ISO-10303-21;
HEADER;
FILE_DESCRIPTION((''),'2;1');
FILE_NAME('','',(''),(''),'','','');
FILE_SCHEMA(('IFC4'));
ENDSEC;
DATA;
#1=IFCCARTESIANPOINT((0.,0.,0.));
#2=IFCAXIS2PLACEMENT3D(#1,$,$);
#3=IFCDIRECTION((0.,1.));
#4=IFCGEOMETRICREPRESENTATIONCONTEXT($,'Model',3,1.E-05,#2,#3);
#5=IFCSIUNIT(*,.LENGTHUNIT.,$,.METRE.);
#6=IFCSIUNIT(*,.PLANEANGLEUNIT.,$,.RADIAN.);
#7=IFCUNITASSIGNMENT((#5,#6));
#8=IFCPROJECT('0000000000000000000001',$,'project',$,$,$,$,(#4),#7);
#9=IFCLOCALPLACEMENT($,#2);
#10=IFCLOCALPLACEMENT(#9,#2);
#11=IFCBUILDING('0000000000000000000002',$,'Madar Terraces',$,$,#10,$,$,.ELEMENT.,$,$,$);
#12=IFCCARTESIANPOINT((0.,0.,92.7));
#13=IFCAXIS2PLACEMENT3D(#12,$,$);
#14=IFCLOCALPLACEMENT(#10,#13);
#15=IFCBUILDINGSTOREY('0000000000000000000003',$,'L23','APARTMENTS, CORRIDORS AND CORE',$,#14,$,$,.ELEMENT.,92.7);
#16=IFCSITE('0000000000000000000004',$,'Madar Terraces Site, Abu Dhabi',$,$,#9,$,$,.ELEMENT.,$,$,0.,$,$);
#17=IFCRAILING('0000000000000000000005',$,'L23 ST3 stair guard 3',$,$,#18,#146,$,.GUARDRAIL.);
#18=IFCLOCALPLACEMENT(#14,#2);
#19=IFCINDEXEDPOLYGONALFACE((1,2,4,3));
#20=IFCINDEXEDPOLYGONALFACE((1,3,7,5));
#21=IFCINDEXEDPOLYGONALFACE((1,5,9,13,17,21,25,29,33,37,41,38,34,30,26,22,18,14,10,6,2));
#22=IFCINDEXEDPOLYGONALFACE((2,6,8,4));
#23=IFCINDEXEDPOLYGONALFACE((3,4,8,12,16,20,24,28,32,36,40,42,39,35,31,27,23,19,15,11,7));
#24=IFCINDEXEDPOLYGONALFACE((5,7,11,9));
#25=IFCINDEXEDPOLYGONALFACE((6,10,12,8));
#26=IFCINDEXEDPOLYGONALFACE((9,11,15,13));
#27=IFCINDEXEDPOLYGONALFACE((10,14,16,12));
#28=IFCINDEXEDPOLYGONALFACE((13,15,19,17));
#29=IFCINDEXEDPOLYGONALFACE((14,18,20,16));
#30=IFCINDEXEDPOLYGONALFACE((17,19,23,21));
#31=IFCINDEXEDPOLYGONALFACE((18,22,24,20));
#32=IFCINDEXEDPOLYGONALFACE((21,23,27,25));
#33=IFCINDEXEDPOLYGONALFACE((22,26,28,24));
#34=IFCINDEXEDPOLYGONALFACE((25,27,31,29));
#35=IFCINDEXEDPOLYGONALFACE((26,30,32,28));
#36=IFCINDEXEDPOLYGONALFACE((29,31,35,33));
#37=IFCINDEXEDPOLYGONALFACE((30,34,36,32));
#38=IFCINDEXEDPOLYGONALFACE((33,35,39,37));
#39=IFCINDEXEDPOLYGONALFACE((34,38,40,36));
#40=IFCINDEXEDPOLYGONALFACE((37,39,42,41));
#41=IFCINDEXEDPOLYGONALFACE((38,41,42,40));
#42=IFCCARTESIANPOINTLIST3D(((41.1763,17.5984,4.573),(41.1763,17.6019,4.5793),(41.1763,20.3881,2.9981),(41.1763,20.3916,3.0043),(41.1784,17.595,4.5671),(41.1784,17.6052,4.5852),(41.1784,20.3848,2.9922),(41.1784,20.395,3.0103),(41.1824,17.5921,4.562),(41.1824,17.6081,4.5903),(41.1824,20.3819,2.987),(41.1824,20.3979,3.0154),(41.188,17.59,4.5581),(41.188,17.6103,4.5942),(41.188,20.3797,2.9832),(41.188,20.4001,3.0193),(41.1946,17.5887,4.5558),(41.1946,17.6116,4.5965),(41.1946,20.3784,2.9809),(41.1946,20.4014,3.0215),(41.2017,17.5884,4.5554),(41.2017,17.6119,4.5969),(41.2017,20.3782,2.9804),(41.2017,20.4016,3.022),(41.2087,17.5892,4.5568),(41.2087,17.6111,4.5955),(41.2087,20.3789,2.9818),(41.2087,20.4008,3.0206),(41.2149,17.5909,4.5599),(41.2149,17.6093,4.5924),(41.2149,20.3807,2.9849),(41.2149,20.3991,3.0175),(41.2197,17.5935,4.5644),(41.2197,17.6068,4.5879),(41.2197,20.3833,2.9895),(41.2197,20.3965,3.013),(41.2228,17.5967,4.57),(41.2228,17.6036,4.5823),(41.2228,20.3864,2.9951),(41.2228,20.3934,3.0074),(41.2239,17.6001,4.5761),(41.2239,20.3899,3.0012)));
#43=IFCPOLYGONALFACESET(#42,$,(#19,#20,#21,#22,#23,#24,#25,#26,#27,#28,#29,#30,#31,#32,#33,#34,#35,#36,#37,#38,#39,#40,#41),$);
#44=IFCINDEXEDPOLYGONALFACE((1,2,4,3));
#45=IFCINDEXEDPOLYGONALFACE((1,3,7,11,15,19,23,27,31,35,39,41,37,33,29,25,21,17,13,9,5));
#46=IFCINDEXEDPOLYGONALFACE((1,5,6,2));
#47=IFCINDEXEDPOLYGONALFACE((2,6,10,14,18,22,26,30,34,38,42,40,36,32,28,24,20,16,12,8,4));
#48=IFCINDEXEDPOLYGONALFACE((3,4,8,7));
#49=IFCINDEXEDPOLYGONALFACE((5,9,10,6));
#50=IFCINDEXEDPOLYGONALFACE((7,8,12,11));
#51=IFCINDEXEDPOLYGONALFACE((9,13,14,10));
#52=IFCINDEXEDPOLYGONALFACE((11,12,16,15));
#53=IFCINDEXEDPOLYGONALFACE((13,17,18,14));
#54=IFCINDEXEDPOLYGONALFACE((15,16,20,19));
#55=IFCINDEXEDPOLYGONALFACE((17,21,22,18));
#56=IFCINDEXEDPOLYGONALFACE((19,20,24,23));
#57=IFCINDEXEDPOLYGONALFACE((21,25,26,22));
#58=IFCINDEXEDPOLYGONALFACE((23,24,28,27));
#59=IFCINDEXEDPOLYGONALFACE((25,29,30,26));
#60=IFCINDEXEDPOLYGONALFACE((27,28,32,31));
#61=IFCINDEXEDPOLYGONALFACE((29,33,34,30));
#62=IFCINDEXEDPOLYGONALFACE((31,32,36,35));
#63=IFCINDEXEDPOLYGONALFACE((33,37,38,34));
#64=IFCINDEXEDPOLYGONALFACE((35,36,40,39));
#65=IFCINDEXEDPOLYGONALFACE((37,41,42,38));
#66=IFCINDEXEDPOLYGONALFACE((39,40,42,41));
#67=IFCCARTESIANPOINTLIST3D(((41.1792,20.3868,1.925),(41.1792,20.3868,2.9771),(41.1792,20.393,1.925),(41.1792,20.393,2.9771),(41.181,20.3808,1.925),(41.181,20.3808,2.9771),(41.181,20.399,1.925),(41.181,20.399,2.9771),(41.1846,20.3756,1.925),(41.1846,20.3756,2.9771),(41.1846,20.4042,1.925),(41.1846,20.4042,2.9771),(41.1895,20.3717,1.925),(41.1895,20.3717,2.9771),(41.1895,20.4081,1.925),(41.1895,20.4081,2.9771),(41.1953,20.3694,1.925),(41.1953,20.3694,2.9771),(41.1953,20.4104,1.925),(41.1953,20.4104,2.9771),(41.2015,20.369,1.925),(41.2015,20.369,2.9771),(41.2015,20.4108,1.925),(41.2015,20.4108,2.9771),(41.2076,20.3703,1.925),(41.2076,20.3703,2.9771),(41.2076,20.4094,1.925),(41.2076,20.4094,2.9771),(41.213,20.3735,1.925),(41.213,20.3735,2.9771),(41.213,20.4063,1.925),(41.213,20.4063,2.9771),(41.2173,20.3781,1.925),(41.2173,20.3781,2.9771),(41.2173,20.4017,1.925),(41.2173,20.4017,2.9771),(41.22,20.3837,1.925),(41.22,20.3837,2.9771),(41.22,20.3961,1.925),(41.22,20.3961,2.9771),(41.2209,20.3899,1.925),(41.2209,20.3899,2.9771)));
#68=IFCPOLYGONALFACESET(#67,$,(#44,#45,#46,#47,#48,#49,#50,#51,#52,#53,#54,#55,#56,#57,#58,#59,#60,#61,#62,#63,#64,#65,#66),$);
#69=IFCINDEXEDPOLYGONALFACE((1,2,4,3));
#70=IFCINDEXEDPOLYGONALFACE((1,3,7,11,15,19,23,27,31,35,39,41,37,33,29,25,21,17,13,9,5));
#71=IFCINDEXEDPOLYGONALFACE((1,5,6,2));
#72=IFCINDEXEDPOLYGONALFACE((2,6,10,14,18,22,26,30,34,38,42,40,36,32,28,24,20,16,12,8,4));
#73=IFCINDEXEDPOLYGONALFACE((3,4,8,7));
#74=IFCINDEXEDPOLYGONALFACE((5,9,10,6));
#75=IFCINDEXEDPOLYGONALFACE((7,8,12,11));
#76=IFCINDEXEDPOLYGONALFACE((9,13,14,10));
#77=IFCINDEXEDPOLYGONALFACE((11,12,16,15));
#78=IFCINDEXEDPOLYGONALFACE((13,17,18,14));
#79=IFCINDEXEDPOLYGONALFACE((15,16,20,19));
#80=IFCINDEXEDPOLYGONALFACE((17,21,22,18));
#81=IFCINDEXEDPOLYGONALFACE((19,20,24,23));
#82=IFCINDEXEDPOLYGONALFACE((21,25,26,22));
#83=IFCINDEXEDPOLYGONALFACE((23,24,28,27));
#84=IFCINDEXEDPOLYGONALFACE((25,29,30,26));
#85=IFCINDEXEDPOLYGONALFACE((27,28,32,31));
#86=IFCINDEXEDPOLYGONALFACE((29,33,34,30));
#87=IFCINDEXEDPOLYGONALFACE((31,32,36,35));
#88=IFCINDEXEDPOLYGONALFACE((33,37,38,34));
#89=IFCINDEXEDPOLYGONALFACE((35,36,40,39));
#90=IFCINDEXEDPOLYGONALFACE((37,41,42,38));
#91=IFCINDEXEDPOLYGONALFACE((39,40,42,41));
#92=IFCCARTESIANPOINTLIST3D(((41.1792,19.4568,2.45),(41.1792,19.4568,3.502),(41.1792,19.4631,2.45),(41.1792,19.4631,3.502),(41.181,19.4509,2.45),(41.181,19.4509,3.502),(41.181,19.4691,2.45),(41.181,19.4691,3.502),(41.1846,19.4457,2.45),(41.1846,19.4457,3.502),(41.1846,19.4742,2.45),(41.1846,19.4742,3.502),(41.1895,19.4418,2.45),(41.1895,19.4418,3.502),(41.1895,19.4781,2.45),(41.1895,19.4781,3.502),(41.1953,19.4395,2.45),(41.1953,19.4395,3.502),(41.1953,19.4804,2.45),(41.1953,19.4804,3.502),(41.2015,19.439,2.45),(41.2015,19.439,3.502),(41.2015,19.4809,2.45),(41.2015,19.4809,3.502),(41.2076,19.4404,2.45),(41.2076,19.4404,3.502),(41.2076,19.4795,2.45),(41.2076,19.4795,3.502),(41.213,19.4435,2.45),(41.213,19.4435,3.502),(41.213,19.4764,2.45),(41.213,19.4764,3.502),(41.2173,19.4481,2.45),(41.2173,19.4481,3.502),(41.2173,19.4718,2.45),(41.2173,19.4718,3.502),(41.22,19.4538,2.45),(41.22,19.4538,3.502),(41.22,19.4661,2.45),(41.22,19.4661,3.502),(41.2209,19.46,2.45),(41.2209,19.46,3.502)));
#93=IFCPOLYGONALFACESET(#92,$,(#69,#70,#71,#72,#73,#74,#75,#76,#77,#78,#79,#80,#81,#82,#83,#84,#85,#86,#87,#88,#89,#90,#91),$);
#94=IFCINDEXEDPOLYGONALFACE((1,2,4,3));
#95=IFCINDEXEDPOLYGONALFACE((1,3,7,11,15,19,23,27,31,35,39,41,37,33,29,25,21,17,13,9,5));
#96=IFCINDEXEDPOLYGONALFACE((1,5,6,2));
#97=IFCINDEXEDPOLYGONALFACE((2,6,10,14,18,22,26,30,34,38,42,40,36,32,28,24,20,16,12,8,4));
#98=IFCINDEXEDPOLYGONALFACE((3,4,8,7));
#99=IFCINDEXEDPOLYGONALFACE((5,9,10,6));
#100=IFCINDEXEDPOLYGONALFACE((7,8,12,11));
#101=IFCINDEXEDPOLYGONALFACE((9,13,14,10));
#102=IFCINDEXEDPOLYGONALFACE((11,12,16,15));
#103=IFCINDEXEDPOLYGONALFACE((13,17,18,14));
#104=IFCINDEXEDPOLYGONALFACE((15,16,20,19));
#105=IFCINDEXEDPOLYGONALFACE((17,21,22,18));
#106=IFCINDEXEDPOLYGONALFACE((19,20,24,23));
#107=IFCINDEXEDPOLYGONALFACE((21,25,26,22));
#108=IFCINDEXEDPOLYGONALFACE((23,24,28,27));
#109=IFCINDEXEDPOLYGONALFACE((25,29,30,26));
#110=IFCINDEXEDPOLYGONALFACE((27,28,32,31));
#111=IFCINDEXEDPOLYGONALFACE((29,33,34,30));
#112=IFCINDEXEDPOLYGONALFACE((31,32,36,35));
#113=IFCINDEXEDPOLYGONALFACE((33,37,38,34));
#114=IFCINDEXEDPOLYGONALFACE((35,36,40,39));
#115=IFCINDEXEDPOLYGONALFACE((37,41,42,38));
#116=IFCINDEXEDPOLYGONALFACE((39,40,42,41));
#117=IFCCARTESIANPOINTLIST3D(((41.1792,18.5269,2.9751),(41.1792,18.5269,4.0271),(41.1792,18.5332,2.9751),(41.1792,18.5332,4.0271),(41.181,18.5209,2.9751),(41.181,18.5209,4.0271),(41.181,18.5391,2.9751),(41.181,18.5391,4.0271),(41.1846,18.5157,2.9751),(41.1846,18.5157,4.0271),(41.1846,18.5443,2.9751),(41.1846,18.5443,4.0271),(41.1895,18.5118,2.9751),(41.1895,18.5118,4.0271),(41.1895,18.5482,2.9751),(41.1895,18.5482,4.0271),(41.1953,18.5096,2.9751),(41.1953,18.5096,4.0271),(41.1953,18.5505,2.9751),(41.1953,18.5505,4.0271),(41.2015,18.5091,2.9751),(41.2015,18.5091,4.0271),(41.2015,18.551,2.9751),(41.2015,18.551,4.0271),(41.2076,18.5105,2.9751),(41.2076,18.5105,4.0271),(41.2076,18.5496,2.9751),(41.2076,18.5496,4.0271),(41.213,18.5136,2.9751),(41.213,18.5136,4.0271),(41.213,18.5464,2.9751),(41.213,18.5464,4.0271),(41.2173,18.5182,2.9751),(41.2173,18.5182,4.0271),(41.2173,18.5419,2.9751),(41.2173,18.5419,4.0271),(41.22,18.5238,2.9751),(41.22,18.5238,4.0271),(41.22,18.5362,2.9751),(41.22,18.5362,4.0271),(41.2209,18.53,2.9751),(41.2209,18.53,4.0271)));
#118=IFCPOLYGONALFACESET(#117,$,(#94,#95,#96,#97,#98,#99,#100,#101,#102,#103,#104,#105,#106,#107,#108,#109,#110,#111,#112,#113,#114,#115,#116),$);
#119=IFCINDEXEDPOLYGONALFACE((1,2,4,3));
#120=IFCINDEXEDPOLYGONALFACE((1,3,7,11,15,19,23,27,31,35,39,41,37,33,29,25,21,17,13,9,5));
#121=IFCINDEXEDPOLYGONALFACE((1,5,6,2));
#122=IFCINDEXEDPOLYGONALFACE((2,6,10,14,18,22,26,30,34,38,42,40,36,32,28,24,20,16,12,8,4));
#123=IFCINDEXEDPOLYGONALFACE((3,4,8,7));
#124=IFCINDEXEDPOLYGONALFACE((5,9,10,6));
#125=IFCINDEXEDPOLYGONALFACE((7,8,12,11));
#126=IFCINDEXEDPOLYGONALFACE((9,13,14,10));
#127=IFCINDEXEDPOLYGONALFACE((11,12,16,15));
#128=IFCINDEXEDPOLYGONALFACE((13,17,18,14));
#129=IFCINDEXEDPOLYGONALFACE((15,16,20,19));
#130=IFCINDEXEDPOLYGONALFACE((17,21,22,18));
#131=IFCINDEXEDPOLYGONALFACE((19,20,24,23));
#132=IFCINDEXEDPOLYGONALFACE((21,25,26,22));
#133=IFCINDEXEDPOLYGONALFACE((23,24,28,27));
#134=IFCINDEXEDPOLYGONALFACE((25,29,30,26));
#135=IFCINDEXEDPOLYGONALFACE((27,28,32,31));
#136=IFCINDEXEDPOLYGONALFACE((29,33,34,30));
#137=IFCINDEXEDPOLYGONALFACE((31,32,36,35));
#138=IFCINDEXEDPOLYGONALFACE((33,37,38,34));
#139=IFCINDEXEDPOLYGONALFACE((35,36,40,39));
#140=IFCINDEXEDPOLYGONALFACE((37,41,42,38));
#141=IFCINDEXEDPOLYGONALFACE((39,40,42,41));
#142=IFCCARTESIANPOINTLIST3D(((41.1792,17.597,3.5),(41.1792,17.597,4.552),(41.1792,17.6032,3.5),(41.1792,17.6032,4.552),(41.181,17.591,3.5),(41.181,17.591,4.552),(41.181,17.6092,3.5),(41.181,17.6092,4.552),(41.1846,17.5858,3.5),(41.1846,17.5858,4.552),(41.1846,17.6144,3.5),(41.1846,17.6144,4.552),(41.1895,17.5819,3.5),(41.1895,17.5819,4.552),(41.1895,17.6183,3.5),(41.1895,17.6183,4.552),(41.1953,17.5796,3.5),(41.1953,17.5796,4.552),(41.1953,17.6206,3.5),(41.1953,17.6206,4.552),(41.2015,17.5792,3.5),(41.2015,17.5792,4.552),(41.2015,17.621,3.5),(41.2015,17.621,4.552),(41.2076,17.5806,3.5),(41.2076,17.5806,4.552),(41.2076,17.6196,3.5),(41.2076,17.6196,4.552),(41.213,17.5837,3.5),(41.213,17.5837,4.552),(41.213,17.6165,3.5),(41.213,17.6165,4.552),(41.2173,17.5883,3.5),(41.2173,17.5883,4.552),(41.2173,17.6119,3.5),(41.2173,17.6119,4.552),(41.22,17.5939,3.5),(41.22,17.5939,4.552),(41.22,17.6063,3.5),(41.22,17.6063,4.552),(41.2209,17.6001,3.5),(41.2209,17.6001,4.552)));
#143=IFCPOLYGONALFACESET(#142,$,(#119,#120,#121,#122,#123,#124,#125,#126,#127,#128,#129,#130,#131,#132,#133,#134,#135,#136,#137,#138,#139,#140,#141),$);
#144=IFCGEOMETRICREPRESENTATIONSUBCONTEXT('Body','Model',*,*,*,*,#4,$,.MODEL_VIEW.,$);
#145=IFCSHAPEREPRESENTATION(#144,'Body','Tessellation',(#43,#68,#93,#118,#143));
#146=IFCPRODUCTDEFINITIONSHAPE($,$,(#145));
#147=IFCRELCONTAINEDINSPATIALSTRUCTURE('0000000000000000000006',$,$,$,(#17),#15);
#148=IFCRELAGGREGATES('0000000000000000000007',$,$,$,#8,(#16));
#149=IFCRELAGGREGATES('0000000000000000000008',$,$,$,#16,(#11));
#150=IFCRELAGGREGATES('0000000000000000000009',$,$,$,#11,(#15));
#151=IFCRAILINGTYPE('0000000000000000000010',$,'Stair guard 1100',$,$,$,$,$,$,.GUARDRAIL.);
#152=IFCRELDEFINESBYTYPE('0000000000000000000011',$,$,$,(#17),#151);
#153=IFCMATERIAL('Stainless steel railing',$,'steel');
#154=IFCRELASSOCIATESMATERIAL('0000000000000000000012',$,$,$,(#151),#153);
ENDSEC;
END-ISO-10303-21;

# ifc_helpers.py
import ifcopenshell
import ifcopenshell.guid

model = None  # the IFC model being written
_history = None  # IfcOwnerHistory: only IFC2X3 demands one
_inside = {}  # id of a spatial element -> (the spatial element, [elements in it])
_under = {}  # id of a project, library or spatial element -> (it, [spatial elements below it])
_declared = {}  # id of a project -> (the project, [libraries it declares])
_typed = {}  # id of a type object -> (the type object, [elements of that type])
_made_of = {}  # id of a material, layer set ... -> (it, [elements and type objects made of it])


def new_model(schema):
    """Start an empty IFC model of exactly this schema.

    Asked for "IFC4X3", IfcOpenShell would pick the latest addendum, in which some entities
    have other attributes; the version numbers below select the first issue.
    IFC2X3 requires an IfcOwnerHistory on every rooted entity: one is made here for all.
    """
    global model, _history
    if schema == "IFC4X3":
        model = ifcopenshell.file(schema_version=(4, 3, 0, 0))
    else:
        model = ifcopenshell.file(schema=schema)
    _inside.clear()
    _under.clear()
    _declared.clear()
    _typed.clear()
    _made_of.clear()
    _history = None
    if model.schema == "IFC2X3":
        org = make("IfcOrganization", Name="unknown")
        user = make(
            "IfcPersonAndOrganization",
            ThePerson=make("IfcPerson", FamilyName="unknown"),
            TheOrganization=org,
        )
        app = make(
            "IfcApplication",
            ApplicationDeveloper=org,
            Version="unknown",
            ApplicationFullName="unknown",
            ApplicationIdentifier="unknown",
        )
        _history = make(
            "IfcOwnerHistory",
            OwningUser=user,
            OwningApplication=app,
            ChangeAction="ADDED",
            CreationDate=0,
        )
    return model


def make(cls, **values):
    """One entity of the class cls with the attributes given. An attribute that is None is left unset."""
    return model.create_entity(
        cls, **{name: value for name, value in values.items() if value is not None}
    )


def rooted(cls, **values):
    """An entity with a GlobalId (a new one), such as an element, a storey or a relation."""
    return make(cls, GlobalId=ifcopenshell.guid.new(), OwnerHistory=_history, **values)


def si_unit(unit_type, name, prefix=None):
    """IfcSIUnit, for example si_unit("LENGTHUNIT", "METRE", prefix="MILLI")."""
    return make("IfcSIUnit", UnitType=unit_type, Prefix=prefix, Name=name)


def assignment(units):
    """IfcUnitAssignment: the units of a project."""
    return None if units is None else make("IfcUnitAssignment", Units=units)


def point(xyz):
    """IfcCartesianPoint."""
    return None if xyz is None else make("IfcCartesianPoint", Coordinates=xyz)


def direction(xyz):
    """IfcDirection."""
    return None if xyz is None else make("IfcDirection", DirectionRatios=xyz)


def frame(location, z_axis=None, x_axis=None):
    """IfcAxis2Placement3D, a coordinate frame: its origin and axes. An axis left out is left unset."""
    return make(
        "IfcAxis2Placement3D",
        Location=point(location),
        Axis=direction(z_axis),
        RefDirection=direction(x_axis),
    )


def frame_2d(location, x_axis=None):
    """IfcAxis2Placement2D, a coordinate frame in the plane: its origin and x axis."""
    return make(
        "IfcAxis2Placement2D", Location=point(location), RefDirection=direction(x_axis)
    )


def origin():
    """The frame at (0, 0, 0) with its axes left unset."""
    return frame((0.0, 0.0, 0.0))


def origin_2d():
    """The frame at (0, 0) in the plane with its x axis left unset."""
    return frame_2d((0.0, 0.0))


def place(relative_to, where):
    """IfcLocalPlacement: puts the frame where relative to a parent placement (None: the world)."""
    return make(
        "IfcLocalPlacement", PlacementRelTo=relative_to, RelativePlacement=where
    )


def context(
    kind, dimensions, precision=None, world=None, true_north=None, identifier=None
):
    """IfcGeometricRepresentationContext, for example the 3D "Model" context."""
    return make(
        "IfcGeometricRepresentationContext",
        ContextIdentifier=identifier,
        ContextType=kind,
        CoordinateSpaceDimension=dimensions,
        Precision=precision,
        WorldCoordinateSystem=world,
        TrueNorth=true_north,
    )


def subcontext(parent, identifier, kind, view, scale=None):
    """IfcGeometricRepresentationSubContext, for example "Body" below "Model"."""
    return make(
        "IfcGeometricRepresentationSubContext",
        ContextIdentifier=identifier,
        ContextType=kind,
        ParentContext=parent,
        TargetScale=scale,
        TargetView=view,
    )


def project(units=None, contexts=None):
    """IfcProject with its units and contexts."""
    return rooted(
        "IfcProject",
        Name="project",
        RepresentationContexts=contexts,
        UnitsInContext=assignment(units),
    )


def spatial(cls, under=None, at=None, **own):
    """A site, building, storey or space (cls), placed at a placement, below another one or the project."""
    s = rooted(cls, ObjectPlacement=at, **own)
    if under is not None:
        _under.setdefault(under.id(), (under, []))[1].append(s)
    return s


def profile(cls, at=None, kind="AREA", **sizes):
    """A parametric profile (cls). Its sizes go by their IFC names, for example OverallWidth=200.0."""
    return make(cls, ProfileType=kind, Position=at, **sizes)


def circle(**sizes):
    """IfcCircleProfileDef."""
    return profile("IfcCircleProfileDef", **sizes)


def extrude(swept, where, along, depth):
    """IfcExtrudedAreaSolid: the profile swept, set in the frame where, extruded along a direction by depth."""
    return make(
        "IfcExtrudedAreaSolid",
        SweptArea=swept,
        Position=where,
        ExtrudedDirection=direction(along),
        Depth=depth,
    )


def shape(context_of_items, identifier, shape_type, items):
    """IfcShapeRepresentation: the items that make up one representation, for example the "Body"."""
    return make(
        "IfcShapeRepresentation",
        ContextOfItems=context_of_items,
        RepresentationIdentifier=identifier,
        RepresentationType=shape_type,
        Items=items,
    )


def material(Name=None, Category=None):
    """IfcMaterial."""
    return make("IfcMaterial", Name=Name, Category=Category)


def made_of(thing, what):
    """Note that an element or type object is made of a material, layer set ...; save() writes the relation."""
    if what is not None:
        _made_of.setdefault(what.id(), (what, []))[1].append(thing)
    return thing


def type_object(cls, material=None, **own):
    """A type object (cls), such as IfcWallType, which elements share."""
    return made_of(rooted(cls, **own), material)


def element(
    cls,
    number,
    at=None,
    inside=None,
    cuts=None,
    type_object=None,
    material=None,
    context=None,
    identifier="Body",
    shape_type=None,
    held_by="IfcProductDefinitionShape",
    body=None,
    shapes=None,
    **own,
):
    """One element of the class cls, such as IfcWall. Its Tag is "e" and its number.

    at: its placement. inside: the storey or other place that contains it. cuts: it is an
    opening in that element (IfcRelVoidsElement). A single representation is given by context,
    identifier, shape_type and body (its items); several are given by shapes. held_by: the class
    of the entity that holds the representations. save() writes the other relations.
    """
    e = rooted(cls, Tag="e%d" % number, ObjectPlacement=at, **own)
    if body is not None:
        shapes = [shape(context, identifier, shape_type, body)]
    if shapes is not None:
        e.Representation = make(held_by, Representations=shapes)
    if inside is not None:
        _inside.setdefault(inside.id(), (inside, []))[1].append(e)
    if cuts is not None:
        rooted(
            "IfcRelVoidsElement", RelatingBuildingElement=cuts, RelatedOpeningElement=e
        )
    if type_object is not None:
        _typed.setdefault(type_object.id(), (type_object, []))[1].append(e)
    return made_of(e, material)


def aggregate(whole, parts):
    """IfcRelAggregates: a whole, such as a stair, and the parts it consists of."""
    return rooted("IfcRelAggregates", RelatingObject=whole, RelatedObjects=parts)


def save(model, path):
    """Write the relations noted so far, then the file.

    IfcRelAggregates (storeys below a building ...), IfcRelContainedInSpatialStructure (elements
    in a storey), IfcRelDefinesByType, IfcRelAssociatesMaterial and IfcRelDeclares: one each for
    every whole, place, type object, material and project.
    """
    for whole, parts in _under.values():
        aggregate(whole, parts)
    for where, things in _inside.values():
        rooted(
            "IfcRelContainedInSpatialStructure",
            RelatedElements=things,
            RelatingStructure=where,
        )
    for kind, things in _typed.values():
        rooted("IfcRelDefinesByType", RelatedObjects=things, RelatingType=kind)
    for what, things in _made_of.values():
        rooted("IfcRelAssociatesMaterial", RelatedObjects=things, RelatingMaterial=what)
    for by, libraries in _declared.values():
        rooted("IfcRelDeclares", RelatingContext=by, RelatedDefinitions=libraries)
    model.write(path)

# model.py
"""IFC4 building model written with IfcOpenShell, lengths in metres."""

from ifc_helpers import new_model, si_unit, direction, frame, origin, origin_2d, place, context, subcontext, project, spatial, circle, extrude, material, type_object, element, save


model = new_model("IFC4")

# Units and contexts
model_context = context("Model", 3, precision=1e-05, world=origin(), true_north=direction((0.0, 1.0)))
body_context = subcontext(model_context, "Body", "Model", "MODEL_VIEW")
ifc_project = project(units=[si_unit("LENGTHUNIT", "METRE"), si_unit("PLANEANGLEUNIT", "RADIAN")], contexts=[model_context])

# Site, building, storey
site_placement = place(None, origin())
site = spatial("IfcSite", under=ifc_project, at=site_placement, Name="Madar Terraces Site, Abu Dhabi", CompositionType="ELEMENT", RefElevation=0.0)
building_placement = place(site_placement, origin())
building = spatial("IfcBuilding", under=site, at=building_placement, Name="Madar Terraces", CompositionType="ELEMENT")
storey_placement = place(building_placement, frame((0.0, 0.0, 92.7)))
storey = spatial("IfcBuildingStorey", under=building, at=storey_placement, Name="L23", Description="APARTMENTS, CORRIDORS AND CORE", CompositionType="ELEMENT", Elevation=92.7)

# Railing
ifc_material_1 = material(Name="Stainless steel railing", Category="steel")
railing_type_1 = type_object("IfcRailingType", Name="Stair guard 1100", PredefinedType="GUARDRAIL", material=ifc_material_1)
railing_1_placement = place(storey_placement, frame((41.2, 20.3899, 1.925)))
element("IfcRailing", 1, at=railing_1_placement, inside=storey, type_object=railing_type_1, Name="L23 ST3 stair guard 3", PredefinedType="GUARDRAIL", context=body_context, shape_type="SweptSolid", body=[
    extrude(circle(Radius=0.0239, at=origin_2d()), frame((0.0, 0.0, 1.0762), z_axis=(0.0, -0.870815, 0.49161), x_axis=(1.0, 0.0, 0.0)), (0.0, 0.0, 1.0), 3.2036),
    extrude(circle(Radius=0.021, at=origin_2d()), origin(), (0.0, 0.0, 1.0), 1.052),
    extrude(circle(Radius=0.021, at=origin_2d()), frame((0.0, -0.9299, 0.5249)), (0.0, 0.0, 1.0), 1.052),
    extrude(circle(Radius=0.021, at=origin_2d()), frame((0.0, -1.8599, 1.05)), (0.0, 0.0, 1.0), 1.052),
    extrude(circle(Radius=0.021, at=origin_2d()), frame((0.0, -2.7898, 1.575)), (0.0, 0.0, 1.0), 1.052),
])

save(model, "model.ifc")
